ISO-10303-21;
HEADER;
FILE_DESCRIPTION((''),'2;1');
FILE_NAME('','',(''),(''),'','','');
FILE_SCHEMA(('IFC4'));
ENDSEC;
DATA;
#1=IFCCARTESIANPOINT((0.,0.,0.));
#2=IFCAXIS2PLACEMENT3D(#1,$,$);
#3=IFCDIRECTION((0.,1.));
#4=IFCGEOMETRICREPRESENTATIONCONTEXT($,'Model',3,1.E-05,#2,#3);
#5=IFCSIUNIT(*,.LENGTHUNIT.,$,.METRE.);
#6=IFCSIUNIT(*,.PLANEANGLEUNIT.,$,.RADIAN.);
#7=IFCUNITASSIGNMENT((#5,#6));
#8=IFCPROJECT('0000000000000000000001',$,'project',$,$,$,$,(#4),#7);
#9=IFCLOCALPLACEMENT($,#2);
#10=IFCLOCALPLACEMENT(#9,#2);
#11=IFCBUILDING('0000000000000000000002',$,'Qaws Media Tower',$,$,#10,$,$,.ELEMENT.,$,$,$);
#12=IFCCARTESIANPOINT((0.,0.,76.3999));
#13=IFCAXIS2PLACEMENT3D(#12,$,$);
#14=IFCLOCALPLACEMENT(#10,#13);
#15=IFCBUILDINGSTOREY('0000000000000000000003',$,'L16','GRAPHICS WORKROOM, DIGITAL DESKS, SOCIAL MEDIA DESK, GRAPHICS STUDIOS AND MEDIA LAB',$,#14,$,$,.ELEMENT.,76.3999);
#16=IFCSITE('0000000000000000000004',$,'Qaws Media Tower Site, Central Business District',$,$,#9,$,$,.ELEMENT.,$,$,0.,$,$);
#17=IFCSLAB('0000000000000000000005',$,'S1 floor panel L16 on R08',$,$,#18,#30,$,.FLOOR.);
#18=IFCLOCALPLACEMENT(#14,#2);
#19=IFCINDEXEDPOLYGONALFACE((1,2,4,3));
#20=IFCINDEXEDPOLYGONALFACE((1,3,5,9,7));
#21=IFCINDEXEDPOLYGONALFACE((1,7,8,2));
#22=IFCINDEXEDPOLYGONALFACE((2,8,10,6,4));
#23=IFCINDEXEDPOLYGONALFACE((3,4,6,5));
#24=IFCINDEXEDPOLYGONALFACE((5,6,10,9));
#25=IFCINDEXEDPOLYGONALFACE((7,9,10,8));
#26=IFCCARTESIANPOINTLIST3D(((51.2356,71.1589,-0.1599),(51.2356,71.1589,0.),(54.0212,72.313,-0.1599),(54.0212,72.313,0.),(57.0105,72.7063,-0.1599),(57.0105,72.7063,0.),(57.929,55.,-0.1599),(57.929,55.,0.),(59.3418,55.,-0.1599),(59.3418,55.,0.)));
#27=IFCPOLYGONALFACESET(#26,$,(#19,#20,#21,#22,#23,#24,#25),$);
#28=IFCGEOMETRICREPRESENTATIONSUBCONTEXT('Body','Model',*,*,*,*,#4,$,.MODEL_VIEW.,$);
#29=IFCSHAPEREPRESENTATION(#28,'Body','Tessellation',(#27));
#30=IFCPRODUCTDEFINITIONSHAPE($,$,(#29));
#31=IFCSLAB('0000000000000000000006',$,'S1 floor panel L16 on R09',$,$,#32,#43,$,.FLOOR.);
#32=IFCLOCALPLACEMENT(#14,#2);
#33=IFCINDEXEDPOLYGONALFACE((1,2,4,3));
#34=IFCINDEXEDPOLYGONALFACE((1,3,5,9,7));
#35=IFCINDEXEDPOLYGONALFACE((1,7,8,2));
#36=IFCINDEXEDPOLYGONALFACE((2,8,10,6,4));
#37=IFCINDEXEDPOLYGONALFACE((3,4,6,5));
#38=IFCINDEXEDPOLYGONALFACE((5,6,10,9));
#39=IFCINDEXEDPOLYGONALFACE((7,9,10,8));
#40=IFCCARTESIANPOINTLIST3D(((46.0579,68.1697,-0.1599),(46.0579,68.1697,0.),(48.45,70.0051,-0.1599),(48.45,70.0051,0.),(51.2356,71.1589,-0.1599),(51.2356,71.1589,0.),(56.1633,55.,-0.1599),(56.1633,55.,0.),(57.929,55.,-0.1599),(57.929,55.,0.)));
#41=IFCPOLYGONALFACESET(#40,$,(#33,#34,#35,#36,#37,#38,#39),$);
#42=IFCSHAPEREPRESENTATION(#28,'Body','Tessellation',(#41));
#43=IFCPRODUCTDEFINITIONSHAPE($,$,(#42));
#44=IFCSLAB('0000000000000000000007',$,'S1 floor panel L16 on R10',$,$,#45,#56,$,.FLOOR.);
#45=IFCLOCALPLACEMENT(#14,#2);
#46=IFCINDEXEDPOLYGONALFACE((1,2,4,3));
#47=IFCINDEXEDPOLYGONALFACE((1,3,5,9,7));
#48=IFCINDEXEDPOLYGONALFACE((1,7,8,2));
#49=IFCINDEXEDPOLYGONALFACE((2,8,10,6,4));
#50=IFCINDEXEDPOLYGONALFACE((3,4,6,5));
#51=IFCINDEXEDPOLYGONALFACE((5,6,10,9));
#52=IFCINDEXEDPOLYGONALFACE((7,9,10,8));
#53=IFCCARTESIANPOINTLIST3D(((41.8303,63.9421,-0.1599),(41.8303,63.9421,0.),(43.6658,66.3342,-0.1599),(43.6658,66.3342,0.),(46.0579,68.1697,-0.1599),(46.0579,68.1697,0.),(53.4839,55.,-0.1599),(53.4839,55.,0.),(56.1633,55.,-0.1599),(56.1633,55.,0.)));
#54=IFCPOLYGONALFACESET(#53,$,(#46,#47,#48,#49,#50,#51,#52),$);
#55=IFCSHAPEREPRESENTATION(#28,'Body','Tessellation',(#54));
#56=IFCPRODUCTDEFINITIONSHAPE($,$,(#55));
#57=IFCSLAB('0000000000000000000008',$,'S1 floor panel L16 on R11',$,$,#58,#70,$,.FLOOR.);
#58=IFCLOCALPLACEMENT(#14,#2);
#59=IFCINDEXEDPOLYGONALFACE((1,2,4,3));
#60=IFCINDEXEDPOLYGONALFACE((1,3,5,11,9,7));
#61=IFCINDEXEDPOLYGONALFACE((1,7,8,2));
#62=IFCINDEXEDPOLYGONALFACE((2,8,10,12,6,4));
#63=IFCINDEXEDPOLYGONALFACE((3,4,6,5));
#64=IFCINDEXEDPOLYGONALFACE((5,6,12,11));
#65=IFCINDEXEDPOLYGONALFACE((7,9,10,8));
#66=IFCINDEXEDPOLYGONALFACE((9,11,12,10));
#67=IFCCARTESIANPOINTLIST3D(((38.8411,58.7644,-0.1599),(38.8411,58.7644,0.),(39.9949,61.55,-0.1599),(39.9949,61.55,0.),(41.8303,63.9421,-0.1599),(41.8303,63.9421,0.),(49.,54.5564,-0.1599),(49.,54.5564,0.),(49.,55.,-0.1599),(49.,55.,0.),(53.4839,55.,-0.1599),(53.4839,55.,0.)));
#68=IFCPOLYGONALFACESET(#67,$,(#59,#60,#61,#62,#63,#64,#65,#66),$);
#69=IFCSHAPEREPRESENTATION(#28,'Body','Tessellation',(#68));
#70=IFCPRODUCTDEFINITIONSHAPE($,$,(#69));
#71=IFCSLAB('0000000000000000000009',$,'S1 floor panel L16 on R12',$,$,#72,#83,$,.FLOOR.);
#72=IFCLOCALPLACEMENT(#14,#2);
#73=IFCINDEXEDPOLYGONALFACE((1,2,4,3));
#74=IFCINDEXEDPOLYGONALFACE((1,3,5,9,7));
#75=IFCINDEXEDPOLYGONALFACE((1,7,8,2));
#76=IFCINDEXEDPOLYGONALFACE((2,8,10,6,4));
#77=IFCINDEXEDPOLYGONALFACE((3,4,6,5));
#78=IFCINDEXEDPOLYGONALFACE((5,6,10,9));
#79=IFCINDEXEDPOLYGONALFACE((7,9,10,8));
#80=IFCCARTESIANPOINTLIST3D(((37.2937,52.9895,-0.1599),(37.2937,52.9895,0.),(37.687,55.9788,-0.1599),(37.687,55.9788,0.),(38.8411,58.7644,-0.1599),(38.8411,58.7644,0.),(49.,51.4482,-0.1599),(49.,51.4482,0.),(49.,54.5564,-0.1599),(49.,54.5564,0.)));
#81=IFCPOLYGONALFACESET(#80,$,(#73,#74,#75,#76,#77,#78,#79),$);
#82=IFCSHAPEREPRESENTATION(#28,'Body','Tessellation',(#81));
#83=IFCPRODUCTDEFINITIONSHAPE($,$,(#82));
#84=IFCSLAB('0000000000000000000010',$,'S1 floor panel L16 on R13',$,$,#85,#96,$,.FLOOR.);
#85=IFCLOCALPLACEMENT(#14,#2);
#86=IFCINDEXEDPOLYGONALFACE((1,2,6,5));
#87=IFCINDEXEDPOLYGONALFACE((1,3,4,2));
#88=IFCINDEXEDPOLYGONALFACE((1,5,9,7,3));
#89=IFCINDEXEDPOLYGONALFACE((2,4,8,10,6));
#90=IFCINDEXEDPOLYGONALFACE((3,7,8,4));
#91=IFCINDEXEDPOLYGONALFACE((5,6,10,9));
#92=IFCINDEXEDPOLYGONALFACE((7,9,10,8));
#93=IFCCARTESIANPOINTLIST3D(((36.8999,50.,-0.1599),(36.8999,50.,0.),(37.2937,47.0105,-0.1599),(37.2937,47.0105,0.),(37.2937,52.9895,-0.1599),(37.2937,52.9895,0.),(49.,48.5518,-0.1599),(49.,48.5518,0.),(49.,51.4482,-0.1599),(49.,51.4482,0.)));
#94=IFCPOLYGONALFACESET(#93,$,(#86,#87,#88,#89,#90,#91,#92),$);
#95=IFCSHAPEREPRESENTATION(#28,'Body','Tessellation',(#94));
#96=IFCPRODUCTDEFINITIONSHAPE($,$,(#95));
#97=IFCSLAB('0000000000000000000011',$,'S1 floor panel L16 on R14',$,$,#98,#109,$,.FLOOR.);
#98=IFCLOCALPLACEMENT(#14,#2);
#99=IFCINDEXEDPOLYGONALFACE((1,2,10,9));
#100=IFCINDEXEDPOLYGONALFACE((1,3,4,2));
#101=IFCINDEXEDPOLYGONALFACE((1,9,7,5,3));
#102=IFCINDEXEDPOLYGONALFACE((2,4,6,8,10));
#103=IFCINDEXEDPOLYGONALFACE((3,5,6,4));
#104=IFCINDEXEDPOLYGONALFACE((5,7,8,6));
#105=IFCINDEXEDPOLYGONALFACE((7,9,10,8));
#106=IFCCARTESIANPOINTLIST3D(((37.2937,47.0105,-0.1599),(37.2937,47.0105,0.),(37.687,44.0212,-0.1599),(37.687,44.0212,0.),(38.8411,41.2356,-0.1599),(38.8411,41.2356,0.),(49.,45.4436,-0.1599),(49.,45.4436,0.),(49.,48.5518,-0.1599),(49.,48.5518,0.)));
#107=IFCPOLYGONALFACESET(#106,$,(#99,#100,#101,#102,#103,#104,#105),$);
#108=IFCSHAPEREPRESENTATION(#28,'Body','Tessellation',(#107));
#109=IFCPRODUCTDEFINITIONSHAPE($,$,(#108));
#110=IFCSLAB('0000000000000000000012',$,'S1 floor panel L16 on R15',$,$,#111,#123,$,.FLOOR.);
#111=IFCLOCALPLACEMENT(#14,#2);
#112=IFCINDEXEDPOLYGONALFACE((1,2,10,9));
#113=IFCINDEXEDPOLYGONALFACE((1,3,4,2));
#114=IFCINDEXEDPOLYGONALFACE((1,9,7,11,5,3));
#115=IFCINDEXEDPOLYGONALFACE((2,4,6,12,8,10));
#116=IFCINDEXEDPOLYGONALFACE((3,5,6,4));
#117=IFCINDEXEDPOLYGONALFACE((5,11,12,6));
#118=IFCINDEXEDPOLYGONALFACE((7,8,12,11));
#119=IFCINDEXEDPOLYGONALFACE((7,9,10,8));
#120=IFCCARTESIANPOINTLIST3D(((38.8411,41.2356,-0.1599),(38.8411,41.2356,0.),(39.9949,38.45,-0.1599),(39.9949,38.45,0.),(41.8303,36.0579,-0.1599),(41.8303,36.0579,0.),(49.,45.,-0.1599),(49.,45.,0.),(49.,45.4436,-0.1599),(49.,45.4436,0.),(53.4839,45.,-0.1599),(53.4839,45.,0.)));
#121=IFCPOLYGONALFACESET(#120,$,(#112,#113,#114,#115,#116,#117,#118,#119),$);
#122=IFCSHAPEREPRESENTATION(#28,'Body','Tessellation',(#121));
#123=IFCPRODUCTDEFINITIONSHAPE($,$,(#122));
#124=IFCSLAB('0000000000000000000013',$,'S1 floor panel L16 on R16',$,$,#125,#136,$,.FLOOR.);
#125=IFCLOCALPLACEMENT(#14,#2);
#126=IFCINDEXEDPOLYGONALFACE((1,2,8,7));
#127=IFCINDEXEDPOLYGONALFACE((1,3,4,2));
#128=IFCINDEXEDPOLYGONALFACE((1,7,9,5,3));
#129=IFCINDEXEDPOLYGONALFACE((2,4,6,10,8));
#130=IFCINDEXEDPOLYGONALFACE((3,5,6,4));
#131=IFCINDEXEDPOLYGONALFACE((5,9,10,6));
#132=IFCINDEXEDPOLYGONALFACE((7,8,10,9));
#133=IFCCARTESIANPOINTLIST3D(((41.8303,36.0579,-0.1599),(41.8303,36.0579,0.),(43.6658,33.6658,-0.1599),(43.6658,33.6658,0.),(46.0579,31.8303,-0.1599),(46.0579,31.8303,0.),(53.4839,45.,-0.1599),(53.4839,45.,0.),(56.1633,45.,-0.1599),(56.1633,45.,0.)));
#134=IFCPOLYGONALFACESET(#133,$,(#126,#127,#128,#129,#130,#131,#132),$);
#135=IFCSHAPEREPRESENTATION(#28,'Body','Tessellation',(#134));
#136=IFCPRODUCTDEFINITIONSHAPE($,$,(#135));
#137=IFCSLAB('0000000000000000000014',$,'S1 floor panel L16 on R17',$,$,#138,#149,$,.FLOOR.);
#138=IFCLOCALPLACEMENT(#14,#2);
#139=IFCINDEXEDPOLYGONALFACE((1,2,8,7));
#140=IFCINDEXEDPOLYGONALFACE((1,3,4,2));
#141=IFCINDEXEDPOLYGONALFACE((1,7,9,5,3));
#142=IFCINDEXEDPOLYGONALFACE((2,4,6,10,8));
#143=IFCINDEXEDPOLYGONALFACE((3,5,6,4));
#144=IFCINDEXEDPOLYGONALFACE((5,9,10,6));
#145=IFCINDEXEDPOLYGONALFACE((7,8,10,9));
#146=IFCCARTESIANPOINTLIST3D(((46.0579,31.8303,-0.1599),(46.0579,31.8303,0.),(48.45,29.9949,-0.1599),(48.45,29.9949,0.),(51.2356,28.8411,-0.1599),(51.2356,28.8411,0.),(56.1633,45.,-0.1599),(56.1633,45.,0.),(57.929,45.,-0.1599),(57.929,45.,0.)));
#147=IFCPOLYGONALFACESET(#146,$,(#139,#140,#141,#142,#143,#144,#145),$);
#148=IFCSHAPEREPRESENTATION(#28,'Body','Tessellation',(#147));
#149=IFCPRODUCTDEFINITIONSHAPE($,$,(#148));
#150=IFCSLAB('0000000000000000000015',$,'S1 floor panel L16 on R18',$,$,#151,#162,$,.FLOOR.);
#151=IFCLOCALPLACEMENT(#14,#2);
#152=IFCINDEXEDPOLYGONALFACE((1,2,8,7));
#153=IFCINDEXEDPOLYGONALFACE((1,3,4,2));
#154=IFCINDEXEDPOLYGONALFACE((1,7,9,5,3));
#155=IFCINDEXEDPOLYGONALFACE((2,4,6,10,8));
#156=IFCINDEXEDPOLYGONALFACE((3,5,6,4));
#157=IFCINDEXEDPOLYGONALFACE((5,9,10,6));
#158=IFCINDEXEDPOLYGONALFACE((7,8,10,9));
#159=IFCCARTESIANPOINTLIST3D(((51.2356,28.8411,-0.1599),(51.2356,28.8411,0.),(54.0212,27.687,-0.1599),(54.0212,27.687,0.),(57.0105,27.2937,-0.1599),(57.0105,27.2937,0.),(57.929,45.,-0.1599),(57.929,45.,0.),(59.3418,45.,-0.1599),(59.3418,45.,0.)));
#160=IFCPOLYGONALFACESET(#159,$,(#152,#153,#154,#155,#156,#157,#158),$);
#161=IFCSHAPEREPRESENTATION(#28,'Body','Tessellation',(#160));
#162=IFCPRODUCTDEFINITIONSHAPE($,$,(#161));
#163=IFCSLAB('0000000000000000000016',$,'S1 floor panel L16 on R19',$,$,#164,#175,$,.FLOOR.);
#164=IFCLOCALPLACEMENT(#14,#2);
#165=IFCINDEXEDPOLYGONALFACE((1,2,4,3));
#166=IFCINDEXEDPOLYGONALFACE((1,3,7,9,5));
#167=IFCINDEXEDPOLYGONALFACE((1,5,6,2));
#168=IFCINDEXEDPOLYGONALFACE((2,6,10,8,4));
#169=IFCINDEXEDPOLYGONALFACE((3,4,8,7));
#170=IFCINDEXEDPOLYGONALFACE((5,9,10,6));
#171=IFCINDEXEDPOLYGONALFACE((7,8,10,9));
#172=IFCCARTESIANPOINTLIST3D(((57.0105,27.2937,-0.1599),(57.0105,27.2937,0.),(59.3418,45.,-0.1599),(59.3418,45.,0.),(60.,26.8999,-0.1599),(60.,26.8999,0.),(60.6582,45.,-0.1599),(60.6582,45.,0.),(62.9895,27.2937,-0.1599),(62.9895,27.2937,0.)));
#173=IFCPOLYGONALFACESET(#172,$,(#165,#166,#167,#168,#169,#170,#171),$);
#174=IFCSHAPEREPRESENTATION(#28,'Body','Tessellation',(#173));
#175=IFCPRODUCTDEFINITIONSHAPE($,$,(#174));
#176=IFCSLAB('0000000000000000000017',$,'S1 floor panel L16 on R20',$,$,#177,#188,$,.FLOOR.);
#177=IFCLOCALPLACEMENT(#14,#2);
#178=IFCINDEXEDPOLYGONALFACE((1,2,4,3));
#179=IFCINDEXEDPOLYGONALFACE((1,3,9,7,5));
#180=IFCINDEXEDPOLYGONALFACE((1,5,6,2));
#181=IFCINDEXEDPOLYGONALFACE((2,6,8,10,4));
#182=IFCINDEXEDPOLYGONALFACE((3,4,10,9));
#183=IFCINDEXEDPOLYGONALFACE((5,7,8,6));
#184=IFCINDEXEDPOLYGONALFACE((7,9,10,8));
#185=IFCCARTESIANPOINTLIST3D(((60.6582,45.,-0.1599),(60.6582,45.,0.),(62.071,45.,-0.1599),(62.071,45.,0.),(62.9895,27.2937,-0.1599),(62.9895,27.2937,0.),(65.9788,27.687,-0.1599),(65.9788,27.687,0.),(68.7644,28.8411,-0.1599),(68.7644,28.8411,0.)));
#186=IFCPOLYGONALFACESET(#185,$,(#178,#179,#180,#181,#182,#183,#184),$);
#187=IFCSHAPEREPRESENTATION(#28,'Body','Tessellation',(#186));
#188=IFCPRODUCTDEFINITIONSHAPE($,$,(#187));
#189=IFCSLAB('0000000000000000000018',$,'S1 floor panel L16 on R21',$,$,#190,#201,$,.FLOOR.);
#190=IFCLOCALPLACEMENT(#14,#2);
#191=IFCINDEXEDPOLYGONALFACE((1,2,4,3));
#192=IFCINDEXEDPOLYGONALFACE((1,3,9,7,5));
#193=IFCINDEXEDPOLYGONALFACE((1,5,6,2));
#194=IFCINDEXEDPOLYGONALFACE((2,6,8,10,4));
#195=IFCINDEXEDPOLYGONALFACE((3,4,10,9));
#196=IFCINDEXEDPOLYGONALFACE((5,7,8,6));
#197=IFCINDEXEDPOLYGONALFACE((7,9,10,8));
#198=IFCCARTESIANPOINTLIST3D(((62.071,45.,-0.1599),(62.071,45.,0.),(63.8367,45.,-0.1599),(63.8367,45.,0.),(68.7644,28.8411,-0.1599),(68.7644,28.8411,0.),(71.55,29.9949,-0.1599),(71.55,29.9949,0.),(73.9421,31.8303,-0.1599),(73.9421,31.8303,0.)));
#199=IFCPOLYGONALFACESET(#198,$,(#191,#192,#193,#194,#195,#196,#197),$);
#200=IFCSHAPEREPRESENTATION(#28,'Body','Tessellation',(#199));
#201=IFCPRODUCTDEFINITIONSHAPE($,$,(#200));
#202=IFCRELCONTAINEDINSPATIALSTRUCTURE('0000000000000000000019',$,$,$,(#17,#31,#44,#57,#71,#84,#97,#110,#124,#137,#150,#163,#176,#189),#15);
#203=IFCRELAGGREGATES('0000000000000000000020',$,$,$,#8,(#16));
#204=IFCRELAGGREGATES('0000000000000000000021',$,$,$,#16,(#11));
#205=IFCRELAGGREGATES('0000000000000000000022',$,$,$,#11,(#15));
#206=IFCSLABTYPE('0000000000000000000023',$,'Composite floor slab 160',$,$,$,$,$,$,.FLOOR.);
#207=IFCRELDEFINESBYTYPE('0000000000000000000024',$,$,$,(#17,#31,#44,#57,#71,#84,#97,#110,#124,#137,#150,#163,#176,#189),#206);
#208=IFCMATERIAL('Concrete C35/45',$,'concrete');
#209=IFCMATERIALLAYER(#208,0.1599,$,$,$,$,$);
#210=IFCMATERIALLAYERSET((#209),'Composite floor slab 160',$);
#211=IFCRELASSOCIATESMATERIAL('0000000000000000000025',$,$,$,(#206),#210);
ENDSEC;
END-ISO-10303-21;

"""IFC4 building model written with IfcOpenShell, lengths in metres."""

from ifc_helpers import new_model, si_unit, direction, frame, origin, place, context, subcontext, project, spatial, polyline, outline, extrude, material, layer, layer_set, type_object, element, save


model = new_model("IFC4")

# Units and contexts
model_context = context("Model", 3, precision=1e-05, world=origin(), true_north=direction((0.0, 1.0)))
body_context = subcontext(model_context, "Body", "Model", "MODEL_VIEW")
ifc_project = project(units=[si_unit("LENGTHUNIT", "METRE"), si_unit("PLANEANGLEUNIT", "RADIAN")], contexts=[model_context])

# Site, building, storey
site_placement = place(None, origin())
site = spatial("IfcSite", under=ifc_project, at=site_placement, Name="Qaws Media Tower Site, Central Business District", CompositionType="ELEMENT", RefElevation=0.0)
building_placement = place(site_placement, origin())
building = spatial("IfcBuilding", under=site, at=building_placement, Name="Qaws Media Tower", CompositionType="ELEMENT")
storey_placement = place(building_placement, frame((0.0, 0.0, 76.3999)))
storey = spatial("IfcBuildingStorey", under=building, at=storey_placement, Name="L16", Description="GRAPHICS WORKROOM, DIGITAL DESKS, SOCIAL MEDIA DESK, GRAPHICS STUDIOS AND MEDIA LAB", CompositionType="ELEMENT", Elevation=76.3999)

# Slabs
ifc_material_1 = material(Name="Concrete C35/45", Category="concrete")
ifc_layer_1 = layer(ifc_material_1, 0.1599)
ifc_layer_set_1 = layer_set([ifc_layer_1], Name="Composite floor slab 160")
slab_type_1 = type_object("IfcSlabType", Name="Composite floor slab 160", PredefinedType="FLOOR", material=ifc_layer_set_1)
slab_1_placement = place(storey_placement, frame((0.0, 0.0, -0.1599)))
element("IfcSlab", 1, at=slab_1_placement, inside=storey, type_object=slab_type_1, Name="S1 floor panel L16 on R08", PredefinedType="FLOOR", context=body_context, shape_type="SweptSolid", body=[
    extrude(outline(polyline([(54.0212, 72.313), (57.0105, 72.7063), (59.3418, 55.0), (57.929, 55.0), (51.2356, 71.1589), (54.0212, 72.313)])), origin(), (0.0, 0.0, 1.0), 0.1599),
])
slab_2_placement = place(storey_placement, frame((0.0, 0.0, -0.1599)))
element("IfcSlab", 2, at=slab_2_placement, inside=storey, type_object=slab_type_1, Name="S1 floor panel L16 on R09", PredefinedType="FLOOR", context=body_context, shape_type="SweptSolid", body=[
    extrude(outline(polyline([(48.45, 70.0051), (51.2356, 71.1589), (57.929, 55.0), (56.1633, 55.0), (46.0579, 68.1697), (48.45, 70.0051)])), origin(), (0.0, 0.0, 1.0), 0.1599),
])
slab_3_placement = place(storey_placement, frame((0.0, 0.0, -0.1599)))
element("IfcSlab", 3, at=slab_3_placement, inside=storey, type_object=slab_type_1, Name="S1 floor panel L16 on R10", PredefinedType="FLOOR", context=body_context, shape_type="SweptSolid", body=[
    extrude(outline(polyline([(43.6658, 66.3342), (46.0579, 68.1697), (56.1633, 55.0), (53.4839, 55.0), (41.8303, 63.9421), (43.6658, 66.3342)])), origin(), (0.0, 0.0, 1.0), 0.1599),
])
slab_4_placement = place(storey_placement, frame((0.0, 0.0, -0.1599)))
element("IfcSlab", 4, at=slab_4_placement, inside=storey, type_object=slab_type_1, Name="S1 floor panel L16 on R11", PredefinedType="FLOOR", context=body_context, shape_type="SweptSolid", body=[
    extrude(outline(polyline([(39.9949, 61.55), (41.8303, 63.9421), (53.4839, 55.0), (49.0, 55.0), (49.0, 54.5564), (38.8411, 58.7644), (39.9949, 61.55)])), origin(), (0.0, 0.0, 1.0), 0.1599),
])
slab_5_placement = place(storey_placement, frame((0.0, 0.0, -0.1599)))
element("IfcSlab", 5, at=slab_5_placement, inside=storey, type_object=slab_type_1, Name="S1 floor panel L16 on R12", PredefinedType="FLOOR", context=body_context, shape_type="SweptSolid", body=[
    extrude(outline(polyline([(37.687, 55.9788), (38.8411, 58.7644), (49.0, 54.5564), (49.0, 51.4482), (37.2937, 52.9895), (37.687, 55.9788)])), origin(), (0.0, 0.0, 1.0), 0.1599),
])
slab_6_placement = place(storey_placement, frame((0.0, 0.0, -0.1599)))
element("IfcSlab", 6, at=slab_6_placement, inside=storey, type_object=slab_type_1, Name="S1 floor panel L16 on R13", PredefinedType="FLOOR", context=body_context, shape_type="SweptSolid", body=[
    extrude(outline(polyline([(36.8999, 50.0), (37.2937, 52.9895), (49.0, 51.4482), (49.0, 48.5518), (37.2937, 47.0105), (36.8999, 50.0)])), origin(), (0.0, 0.0, 1.0), 0.1599),
])
slab_7_placement = place(storey_placement, frame((0.0, 0.0, -0.1599)))
element("IfcSlab", 7, at=slab_7_placement, inside=storey, type_object=slab_type_1, Name="S1 floor panel L16 on R14", PredefinedType="FLOOR", context=body_context, shape_type="SweptSolid", body=[
    extrude(outline(polyline([(37.687, 44.0212), (37.2937, 47.0105), (49.0, 48.5518), (49.0, 45.4436), (38.8411, 41.2356), (37.687, 44.0212)])), origin(), (0.0, 0.0, 1.0), 0.1599),
])
slab_8_placement = place(storey_placement, frame((0.0, 0.0, -0.1599)))
element("IfcSlab", 8, at=slab_8_placement, inside=storey, type_object=slab_type_1, Name="S1 floor panel L16 on R15", PredefinedType="FLOOR", context=body_context, shape_type="SweptSolid", body=[
    extrude(outline(polyline([(39.9949, 38.45), (38.8411, 41.2356), (49.0, 45.4436), (49.0, 45.0), (53.4839, 45.0), (41.8303, 36.0579), (39.9949, 38.45)])), origin(), (0.0, 0.0, 1.0), 0.1599),
])
slab_9_placement = place(storey_placement, frame((0.0, 0.0, -0.1599)))
element("IfcSlab", 9, at=slab_9_placement, inside=storey, type_object=slab_type_1, Name="S1 floor panel L16 on R16", PredefinedType="FLOOR", context=body_context, shape_type="SweptSolid", body=[
    extrude(outline(polyline([(43.6658, 33.6658), (41.8303, 36.0579), (53.4839, 45.0), (56.1633, 45.0), (46.0579, 31.8303), (43.6658, 33.6658)])), origin(), (0.0, 0.0, 1.0), 0.1599),
])
slab_10_placement = place(storey_placement, frame((0.0, 0.0, -0.1599)))
element("IfcSlab", 10, at=slab_10_placement, inside=storey, type_object=slab_type_1, Name="S1 floor panel L16 on R17", PredefinedType="FLOOR", context=body_context, shape_type="SweptSolid", body=[
    extrude(outline(polyline([(48.45, 29.9949), (46.0579, 31.8303), (56.1633, 45.0), (57.929, 45.0), (51.2356, 28.8411), (48.45, 29.9949)])), origin(), (0.0, 0.0, 1.0), 0.1599),
])
slab_11_placement = place(storey_placement, frame((0.0, 0.0, -0.1599)))
element("IfcSlab", 11, at=slab_11_placement, inside=storey, type_object=slab_type_1, Name="S1 floor panel L16 on R18", PredefinedType="FLOOR", context=body_context, shape_type="SweptSolid", body=[
    extrude(outline(polyline([(54.0212, 27.687), (51.2356, 28.8411), (57.929, 45.0), (59.3418, 45.0), (57.0105, 27.2937), (54.0212, 27.687)])), origin(), (0.0, 0.0, 1.0), 0.1599),
])
slab_12_placement = place(storey_placement, frame((0.0, 0.0, -0.1599)))
element("IfcSlab", 12, at=slab_12_placement, inside=storey, type_object=slab_type_1, Name="S1 floor panel L16 on R19", PredefinedType="FLOOR", context=body_context, shape_type="SweptSolid", body=[
    extrude(outline(polyline([(60.0, 26.8999), (57.0105, 27.2937), (59.3418, 45.0), (60.6582, 45.0), (62.9895, 27.2937), (60.0, 26.8999)])), origin(), (0.0, 0.0, 1.0), 0.1599),
])
slab_13_placement = place(storey_placement, frame((0.0, 0.0, -0.1599)))
element("IfcSlab", 13, at=slab_13_placement, inside=storey, type_object=slab_type_1, Name="S1 floor panel L16 on R20", PredefinedType="FLOOR", context=body_context, shape_type="SweptSolid", body=[
    extrude(outline(polyline([(65.9788, 27.687), (62.9895, 27.2937), (60.6582, 45.0), (62.071, 45.0), (68.7644, 28.8411), (65.9788, 27.687)])), origin(), (0.0, 0.0, 1.0), 0.1599),
])
slab_14_placement = place(storey_placement, frame((0.0, 0.0, -0.1599)))
element("IfcSlab", 14, at=slab_14_placement, inside=storey, type_object=slab_type_1, Name="S1 floor panel L16 on R21", PredefinedType="FLOOR", context=body_context, shape_type="SweptSolid", body=[
    extrude(outline(polyline([(71.55, 29.9949), (68.7644, 28.8411), (62.071, 45.0), (63.8367, 45.0), (73.9421, 31.8303), (71.55, 29.9949)])), origin(), (0.0, 0.0, 1.0), 0.1599),
])

save(model, "model.ifc")
